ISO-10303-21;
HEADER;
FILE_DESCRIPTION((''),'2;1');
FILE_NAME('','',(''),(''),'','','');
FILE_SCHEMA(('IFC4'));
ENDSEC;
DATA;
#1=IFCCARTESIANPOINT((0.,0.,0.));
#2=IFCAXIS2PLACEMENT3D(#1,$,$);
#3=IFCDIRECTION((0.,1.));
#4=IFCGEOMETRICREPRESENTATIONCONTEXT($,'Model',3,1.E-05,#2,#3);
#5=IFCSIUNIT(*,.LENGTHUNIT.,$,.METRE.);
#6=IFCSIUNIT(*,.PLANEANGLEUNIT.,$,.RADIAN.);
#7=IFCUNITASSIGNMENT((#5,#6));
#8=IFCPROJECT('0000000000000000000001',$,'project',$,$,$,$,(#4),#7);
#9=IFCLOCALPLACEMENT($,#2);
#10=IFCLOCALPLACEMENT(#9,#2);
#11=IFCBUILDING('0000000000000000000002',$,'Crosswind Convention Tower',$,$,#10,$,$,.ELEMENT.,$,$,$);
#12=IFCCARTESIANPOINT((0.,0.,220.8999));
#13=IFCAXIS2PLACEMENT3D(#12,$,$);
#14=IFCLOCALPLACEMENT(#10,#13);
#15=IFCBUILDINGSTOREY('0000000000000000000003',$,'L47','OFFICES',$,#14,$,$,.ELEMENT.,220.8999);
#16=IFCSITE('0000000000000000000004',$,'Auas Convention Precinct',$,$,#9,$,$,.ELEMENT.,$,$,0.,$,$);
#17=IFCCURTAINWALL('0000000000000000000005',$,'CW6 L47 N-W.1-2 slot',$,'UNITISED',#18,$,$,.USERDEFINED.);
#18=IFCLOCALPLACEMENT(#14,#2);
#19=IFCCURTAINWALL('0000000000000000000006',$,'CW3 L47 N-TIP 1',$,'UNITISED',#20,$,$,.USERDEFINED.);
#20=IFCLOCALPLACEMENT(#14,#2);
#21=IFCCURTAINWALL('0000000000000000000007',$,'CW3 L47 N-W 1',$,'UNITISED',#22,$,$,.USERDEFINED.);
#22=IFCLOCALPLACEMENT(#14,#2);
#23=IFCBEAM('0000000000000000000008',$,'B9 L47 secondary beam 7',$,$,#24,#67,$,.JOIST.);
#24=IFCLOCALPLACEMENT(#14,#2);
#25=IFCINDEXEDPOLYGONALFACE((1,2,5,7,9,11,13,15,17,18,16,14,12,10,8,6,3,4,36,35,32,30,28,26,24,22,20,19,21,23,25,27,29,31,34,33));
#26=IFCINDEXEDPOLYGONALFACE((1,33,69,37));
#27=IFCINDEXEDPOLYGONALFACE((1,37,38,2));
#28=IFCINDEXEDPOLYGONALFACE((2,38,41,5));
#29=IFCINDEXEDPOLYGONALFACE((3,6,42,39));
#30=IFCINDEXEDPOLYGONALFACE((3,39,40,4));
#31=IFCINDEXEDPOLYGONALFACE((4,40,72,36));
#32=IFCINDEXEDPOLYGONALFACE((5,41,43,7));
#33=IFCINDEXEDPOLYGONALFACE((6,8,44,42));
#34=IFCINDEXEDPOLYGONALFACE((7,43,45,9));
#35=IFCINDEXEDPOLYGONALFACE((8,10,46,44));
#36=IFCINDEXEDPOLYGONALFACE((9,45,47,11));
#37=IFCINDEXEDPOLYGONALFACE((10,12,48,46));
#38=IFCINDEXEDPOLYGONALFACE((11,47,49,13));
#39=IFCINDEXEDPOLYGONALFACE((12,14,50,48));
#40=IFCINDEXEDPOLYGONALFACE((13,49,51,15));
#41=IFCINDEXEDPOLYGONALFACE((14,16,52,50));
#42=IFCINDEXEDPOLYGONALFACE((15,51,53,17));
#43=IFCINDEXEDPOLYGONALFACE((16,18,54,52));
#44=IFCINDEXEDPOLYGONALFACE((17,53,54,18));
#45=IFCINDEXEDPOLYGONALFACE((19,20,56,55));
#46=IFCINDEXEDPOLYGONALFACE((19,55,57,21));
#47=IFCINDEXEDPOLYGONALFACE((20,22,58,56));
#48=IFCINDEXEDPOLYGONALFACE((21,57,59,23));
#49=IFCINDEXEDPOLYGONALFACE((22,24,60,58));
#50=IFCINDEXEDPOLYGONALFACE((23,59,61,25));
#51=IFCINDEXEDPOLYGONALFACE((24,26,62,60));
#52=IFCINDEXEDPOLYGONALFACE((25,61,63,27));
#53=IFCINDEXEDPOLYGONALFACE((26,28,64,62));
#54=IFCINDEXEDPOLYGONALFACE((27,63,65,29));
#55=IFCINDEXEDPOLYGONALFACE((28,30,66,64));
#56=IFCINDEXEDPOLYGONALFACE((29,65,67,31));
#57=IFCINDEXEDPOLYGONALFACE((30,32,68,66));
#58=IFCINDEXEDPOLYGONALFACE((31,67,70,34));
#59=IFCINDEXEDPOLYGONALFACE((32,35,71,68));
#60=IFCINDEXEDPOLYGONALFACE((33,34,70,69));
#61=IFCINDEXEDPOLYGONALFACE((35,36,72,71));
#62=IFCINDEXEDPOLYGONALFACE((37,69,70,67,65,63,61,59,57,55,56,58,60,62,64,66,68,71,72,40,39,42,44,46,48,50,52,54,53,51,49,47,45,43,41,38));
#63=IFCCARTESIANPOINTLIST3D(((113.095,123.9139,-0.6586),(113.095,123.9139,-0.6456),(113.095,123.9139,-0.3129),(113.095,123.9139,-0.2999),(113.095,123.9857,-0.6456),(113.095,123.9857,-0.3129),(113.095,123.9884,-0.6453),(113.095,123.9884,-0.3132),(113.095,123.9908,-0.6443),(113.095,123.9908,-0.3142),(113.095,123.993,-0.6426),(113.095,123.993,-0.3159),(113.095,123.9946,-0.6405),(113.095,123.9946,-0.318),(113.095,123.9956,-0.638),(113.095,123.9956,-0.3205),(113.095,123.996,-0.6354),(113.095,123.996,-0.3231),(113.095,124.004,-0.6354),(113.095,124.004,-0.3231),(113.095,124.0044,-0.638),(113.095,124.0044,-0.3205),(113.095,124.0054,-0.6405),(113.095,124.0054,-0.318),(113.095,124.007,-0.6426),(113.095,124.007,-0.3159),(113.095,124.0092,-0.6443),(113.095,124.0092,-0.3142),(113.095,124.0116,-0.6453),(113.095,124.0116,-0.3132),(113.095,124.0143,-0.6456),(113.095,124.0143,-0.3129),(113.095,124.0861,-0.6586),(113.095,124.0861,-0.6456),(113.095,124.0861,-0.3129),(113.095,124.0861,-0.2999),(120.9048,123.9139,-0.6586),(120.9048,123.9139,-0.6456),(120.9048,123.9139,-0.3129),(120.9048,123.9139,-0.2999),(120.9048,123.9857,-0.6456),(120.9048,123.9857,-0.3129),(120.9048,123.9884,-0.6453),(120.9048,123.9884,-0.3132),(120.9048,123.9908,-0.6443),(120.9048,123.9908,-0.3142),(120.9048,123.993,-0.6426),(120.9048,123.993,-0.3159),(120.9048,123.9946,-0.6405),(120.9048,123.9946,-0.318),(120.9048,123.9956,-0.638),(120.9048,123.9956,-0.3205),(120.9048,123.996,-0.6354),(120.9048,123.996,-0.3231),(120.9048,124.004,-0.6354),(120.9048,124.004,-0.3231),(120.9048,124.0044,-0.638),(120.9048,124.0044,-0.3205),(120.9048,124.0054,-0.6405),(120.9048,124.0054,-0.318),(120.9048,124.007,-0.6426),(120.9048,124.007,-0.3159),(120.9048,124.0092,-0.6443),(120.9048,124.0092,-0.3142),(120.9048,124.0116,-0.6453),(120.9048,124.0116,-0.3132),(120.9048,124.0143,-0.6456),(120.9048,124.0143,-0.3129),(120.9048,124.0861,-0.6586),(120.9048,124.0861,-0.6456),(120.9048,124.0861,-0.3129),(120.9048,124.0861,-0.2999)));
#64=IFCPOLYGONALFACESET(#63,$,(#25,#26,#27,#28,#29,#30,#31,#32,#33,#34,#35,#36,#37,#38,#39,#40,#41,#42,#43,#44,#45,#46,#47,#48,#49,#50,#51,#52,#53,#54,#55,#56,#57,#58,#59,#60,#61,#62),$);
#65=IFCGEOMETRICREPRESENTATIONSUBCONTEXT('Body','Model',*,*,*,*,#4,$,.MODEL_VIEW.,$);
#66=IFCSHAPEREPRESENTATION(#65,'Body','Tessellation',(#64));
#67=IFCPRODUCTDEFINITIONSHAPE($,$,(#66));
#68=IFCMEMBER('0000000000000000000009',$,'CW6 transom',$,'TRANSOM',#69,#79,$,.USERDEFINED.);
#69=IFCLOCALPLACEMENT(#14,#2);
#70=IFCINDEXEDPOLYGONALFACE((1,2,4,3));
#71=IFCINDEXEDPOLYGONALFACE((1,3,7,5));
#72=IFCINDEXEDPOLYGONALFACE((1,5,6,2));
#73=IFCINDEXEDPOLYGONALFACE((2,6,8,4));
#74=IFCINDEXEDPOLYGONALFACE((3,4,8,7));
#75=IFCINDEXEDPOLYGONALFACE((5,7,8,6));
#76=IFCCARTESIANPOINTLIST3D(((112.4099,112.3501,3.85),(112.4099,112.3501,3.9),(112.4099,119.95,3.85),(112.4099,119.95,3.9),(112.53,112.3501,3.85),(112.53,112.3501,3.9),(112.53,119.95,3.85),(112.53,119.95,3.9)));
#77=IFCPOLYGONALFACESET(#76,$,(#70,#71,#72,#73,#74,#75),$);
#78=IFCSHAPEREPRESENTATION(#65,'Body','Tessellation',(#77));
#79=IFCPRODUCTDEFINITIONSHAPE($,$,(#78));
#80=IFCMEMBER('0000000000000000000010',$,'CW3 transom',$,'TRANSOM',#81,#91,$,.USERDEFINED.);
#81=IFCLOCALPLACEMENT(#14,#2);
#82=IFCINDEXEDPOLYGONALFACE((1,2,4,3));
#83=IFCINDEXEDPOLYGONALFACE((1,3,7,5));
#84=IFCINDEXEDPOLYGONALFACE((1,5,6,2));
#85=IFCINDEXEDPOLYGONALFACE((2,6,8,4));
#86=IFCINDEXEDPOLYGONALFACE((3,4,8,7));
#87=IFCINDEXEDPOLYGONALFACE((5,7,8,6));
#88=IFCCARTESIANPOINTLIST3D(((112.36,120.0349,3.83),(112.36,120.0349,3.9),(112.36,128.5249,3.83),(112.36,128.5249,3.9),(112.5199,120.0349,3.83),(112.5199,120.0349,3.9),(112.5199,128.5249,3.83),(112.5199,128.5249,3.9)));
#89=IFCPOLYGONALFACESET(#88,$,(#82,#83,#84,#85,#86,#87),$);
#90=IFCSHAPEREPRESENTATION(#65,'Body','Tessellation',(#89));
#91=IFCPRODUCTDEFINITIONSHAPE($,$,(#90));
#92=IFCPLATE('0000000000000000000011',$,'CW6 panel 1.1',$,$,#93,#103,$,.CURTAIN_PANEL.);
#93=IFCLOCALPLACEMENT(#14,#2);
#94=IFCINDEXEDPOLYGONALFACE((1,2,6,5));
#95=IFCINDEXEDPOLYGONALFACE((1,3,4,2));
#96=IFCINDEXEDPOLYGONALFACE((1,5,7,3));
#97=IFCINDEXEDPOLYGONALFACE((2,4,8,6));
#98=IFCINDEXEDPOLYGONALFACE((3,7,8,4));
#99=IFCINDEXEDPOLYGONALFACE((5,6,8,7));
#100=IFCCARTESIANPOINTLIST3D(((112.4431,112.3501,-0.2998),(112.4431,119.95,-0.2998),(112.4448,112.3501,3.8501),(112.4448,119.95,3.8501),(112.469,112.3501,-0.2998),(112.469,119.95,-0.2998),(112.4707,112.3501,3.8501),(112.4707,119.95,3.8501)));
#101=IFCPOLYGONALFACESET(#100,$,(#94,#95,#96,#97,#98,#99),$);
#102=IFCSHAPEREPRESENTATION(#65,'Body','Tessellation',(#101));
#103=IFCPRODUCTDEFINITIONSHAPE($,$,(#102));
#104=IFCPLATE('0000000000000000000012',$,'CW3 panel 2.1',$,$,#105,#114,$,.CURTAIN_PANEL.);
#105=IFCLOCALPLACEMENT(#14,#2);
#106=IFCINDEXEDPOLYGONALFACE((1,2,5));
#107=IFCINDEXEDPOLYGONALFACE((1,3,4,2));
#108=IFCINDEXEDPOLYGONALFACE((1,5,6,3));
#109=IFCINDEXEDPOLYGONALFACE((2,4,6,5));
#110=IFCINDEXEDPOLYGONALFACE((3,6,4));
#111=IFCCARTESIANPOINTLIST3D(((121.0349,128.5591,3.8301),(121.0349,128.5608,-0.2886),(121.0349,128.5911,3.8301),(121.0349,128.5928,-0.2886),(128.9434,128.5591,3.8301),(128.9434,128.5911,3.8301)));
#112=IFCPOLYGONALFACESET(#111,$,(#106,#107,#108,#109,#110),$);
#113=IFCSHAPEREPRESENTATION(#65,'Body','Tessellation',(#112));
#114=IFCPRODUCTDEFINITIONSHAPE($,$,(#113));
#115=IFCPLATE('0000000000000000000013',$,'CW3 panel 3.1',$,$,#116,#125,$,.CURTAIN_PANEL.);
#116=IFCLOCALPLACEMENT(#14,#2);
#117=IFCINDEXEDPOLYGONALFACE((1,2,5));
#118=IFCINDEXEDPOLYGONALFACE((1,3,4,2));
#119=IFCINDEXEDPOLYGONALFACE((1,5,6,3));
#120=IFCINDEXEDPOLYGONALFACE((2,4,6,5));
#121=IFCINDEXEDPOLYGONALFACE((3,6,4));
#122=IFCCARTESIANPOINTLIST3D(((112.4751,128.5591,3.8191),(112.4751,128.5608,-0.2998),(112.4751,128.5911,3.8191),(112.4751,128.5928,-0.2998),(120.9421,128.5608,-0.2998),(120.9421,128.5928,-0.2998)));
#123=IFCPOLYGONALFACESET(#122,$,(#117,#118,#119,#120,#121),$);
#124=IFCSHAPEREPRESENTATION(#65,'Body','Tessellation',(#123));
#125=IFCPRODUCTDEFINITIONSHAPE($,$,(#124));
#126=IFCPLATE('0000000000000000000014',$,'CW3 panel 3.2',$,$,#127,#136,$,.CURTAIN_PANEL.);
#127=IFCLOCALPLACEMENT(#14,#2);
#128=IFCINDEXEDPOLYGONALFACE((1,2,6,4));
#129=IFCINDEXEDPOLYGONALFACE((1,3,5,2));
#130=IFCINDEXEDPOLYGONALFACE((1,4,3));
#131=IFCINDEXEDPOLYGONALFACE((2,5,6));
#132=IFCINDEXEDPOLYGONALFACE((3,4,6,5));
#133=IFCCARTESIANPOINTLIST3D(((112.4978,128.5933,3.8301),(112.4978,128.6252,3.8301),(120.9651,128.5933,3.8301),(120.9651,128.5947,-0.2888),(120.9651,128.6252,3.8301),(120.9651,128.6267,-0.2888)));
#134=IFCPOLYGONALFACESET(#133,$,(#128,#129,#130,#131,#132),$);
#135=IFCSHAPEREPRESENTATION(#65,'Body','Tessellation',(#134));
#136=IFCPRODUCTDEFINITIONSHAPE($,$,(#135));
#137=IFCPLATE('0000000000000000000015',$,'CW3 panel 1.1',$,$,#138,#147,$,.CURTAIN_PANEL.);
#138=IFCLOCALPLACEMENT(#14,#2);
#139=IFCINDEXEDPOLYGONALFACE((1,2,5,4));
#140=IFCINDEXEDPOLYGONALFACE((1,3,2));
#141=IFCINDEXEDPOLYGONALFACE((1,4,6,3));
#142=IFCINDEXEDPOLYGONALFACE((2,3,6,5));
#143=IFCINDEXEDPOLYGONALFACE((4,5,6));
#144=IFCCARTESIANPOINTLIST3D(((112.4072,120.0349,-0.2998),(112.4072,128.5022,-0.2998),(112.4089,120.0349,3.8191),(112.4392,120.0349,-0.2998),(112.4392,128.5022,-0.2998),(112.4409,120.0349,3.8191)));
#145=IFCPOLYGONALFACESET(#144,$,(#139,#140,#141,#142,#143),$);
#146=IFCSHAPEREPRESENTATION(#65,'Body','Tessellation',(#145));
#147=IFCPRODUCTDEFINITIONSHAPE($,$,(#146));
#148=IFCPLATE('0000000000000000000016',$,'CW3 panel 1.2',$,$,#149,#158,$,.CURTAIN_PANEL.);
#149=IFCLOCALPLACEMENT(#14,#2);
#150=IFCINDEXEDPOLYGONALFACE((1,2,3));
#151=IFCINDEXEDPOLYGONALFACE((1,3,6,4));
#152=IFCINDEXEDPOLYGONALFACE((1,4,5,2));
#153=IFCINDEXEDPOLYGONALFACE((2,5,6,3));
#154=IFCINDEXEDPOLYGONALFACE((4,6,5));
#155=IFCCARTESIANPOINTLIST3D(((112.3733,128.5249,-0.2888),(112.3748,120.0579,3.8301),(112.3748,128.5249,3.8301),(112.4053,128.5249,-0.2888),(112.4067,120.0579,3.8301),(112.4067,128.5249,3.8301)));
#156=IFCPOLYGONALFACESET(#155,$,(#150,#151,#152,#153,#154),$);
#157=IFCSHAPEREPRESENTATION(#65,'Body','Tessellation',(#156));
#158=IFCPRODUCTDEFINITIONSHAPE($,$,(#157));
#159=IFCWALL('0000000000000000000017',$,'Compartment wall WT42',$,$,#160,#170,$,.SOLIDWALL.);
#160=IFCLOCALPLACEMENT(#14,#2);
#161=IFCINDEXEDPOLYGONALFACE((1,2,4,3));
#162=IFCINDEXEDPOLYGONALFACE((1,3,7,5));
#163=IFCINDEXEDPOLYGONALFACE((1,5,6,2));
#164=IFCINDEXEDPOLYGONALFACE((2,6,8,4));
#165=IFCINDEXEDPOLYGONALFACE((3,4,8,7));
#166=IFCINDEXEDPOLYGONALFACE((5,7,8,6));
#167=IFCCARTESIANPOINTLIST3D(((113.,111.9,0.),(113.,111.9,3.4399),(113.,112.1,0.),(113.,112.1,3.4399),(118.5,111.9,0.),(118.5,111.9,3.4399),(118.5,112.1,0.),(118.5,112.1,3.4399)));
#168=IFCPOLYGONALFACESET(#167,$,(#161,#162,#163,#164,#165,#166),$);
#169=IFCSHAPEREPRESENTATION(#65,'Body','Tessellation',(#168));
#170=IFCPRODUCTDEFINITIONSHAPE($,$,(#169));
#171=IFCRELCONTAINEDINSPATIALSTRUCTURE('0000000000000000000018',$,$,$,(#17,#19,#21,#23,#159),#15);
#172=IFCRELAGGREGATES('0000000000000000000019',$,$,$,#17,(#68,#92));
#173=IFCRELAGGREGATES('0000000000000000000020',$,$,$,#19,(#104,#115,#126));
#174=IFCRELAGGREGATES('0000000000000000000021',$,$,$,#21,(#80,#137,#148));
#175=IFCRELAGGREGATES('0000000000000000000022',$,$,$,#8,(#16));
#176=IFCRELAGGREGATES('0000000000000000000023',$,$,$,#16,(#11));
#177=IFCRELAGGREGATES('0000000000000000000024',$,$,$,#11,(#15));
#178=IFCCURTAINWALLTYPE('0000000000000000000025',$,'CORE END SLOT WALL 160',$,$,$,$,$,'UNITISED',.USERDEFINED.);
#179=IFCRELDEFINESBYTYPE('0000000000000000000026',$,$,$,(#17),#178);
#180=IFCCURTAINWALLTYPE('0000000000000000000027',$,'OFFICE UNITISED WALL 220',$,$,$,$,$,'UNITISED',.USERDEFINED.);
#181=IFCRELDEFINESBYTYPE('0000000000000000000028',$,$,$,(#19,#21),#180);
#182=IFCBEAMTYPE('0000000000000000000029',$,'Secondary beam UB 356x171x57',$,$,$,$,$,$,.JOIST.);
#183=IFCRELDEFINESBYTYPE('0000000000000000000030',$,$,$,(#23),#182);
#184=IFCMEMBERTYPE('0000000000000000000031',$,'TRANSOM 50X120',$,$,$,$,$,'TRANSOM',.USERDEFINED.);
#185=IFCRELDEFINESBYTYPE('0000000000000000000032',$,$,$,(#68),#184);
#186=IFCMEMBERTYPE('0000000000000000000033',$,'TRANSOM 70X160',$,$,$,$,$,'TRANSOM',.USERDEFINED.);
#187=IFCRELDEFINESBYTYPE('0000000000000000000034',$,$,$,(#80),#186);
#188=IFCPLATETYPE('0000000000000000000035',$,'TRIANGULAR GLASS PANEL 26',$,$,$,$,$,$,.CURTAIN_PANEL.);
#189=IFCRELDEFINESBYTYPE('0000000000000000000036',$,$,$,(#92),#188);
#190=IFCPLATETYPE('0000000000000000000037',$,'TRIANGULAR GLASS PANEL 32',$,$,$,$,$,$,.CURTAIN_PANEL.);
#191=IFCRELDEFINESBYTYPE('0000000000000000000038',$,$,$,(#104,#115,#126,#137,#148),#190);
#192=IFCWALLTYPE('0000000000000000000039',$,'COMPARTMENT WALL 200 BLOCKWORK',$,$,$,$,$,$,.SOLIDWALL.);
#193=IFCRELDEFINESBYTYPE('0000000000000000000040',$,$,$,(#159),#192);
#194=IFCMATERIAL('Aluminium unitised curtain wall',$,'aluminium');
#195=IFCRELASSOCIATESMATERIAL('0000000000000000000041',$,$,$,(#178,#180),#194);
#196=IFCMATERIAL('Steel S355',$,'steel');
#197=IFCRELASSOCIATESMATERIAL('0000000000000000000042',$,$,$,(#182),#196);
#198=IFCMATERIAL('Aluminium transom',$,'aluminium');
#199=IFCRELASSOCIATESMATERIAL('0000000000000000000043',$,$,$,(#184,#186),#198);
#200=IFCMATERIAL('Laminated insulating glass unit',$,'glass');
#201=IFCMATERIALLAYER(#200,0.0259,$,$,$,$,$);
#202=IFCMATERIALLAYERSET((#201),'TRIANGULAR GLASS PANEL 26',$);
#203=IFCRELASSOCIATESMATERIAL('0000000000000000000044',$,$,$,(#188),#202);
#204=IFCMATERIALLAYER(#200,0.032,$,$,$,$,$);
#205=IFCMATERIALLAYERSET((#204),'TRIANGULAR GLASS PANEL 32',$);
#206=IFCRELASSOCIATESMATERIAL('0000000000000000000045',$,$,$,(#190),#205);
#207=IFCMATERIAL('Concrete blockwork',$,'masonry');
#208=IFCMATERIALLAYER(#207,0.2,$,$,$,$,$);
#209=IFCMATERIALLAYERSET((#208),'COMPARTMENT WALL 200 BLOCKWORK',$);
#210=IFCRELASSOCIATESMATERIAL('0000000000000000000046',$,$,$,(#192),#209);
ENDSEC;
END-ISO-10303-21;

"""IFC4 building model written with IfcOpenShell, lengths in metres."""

from ifc_helpers import new_model, si_unit, direction, frame, frame_2d, origin, origin_2d, place, context, subcontext, project, spatial, polyline, rectangle, i_section, outline, extrude, material, layer, layer_set, material_profile, profile_set, type_object, element, aggregate, save


model = new_model("IFC4")

# Units and contexts
model_context = context("Model", 3, precision=1e-05, world=origin(), true_north=direction((0.0, 1.0)))
body_context = subcontext(model_context, "Body", "Model", "MODEL_VIEW")
ifc_project = project(units=[si_unit("LENGTHUNIT", "METRE"), si_unit("PLANEANGLEUNIT", "RADIAN")], contexts=[model_context])

# Site, building, storey
site_placement = place(None, origin())
site = spatial("IfcSite", under=ifc_project, at=site_placement, Name="Auas Convention Precinct", CompositionType="ELEMENT", RefElevation=0.0)
building_placement = place(site_placement, origin())
building = spatial("IfcBuilding", under=site, at=building_placement, Name="Crosswind Convention Tower", CompositionType="ELEMENT")
storey_placement = place(building_placement, frame((0.0, 0.0, 220.8999)))
storey = spatial("IfcBuildingStorey", under=building, at=storey_placement, Name="L47", Description="OFFICES", CompositionType="ELEMENT", Elevation=220.8999)

# Shared definitions
ifc_material_1 = material(Name="Steel S355", Category="steel")

# Curtain walls
ifc_material_2 = material(Name="Aluminium unitised curtain wall", Category="aluminium")
curtain_wall_type_1 = type_object("IfcCurtainWallType", Name="CORE END SLOT WALL 160", ElementType="UNITISED", PredefinedType="USERDEFINED", material=ifc_material_2)
curtain_wall_1_placement = place(storey_placement, origin())
curtain_wall_1 = element("IfcCurtainWall", 1, at=curtain_wall_1_placement, inside=storey, type_object=curtain_wall_type_1, Name="CW6 L47 N-W.1-2 slot", ObjectType="UNITISED", PredefinedType="USERDEFINED")
curtain_wall_type_2 = type_object("IfcCurtainWallType", Name="OFFICE UNITISED WALL 220", ElementType="UNITISED", PredefinedType="USERDEFINED", material=ifc_material_2)
curtain_wall_2_placement = place(storey_placement, origin())
curtain_wall_2 = element("IfcCurtainWall", 2, at=curtain_wall_2_placement, inside=storey, type_object=curtain_wall_type_2, Name="CW3 L47 N-TIP 1", ObjectType="UNITISED", PredefinedType="USERDEFINED")

# Curtain wall
curtain_wall_3_placement = place(storey_placement, origin())
curtain_wall_3 = element("IfcCurtainWall", 3, at=curtain_wall_3_placement, inside=storey, type_object=curtain_wall_type_2, Name="CW3 L47 N-W 1", ObjectType="UNITISED", PredefinedType="USERDEFINED")

# Beam
ifc_material_profile_1 = material_profile(ifc_material_1, i_section(OverallWidth=0.1721, OverallDepth=0.3586, WebThickness=0.0081, FlangeThickness=0.0129, FilletRadius=0.0103, at=origin_2d()), Name="UB 356x171x57")
ifc_profile_set_1 = profile_set([ifc_material_profile_1], Name="Steel S355")
beam_type_1 = type_object("IfcBeamType", Name="Secondary beam UB 356x171x57", PredefinedType="JOIST", material=ifc_profile_set_1)
for number, where, z_axis, x_axis, name in (
    (4, (113.095, 124.0, -0.4792), (1.0, 0.0, 0.0), (0.0, 1.0, 0.0), "B9 L47 secondary beam 7"),
):
    element("IfcBeam", number, at=place(storey_placement, frame(where, z_axis=z_axis, x_axis=x_axis)), inside=storey, type_object=beam_type_1, Name=name, PredefinedType="JOIST", context=body_context, shape_type="SweptSolid", body=[
        extrude(i_section(OverallWidth=0.1721, OverallDepth=0.3586, WebThickness=0.0081, FlangeThickness=0.0129, FilletRadius=0.0103, at=origin_2d()), origin(), (0.0, 0.0, 1.0), 7.8098),
    ])

# Members
ifc_material_3 = material(Name="Aluminium transom", Category="aluminium")
ifc_material_profile_2 = material_profile(ifc_material_3, rectangle(XDim=0.1201, YDim=0.05, at=origin_2d()), Name="AL 120X50")
ifc_profile_set_2 = profile_set([ifc_material_profile_2], Name="Aluminium transom")
member_type_1 = type_object("IfcMemberType", Name="TRANSOM 50X120", ElementType="TRANSOM", PredefinedType="USERDEFINED", material=ifc_profile_set_2)
member_1_placement = place(storey_placement, frame((112.47, 119.95, 3.875), z_axis=(0.0, -1.0, 0.0), x_axis=(1.0, 0.0, 0.0)))
member_1 = element("IfcMember", 5, at=member_1_placement, type_object=member_type_1, Name="CW6 transom", ObjectType="TRANSOM", PredefinedType="USERDEFINED", context=body_context, shape_type="SweptSolid", body=[
    extrude(rectangle(XDim=0.1201, YDim=0.05, at=origin_2d()), origin(), (0.0, 0.0, 1.0), 7.5999),
])
ifc_material_profile_3 = material_profile(ifc_material_3, rectangle(XDim=0.1599, YDim=0.0701, at=origin_2d()), Name="AL 160X70")
ifc_profile_set_3 = profile_set([ifc_material_profile_3], Name="Aluminium transom")
member_type_2 = type_object("IfcMemberType", Name="TRANSOM 70X160", ElementType="TRANSOM", PredefinedType="USERDEFINED", material=ifc_profile_set_3)
member_2_placement = place(storey_placement, frame((112.4399, 128.5249, 3.865), z_axis=(0.0, -1.0, 0.0), x_axis=(1.0, 0.0, 0.0)))
member_2 = element("IfcMember", 6, at=member_2_placement, type_object=member_type_2, Name="CW3 transom", ObjectType="TRANSOM", PredefinedType="USERDEFINED", context=body_context, shape_type="SweptSolid", body=[
    extrude(rectangle(XDim=0.1599, YDim=0.0701, at=origin_2d()), origin(), (0.0, 0.0, 1.0), 8.49),
])

# Plates
ifc_material_4 = material(Name="Laminated insulating glass unit", Category="glass")
ifc_layer_1 = layer(ifc_material_4, 0.0259)
ifc_layer_set_1 = layer_set([ifc_layer_1], Name="TRIANGULAR GLASS PANEL 26")
plate_type_1 = type_object("IfcPlateType", Name="TRIANGULAR GLASS PANEL 26", PredefinedType="CURTAIN_PANEL", material=ifc_layer_set_1)
plate_1_placement = place(storey_placement, frame((112.4431, 119.95, -0.2998), z_axis=(-1.0, 0.0, 0.000412), x_axis=(0.0, -1.0, 0.0)))
plate_1 = element("IfcPlate", 7, at=plate_1_placement, type_object=plate_type_1, Name="CW6 panel 1.1", PredefinedType="CURTAIN_PANEL", context=body_context, shape_type="SweptSolid", body=[
    extrude(outline(polyline([(0.0, 0.0), (7.5999, 0.0), (7.5999, 4.1499), (0.0, 4.1499), (0.0, 0.0)])), origin(), (0.0, 0.0, -1.0), 0.0259),
])
aggregate(curtain_wall_1, [member_1, plate_1])
ifc_layer_2 = layer(ifc_material_4, 0.032)
ifc_layer_set_2 = layer_set([ifc_layer_2], Name="TRIANGULAR GLASS PANEL 32")
plate_type_2 = type_object("IfcPlateType", Name="TRIANGULAR GLASS PANEL 32", PredefinedType="CURTAIN_PANEL", material=ifc_layer_set_2)
plate_2_placement = place(storey_placement, frame((121.0349, 128.5911, 3.8301), z_axis=(0.0, 1.0, 0.000415), x_axis=(1.0, 0.0, 0.0)))
plate_2 = element("IfcPlate", 8, at=plate_2_placement, type_object=plate_type_2, Name="CW3 panel 2.1", PredefinedType="CURTAIN_PANEL", context=body_context, shape_type="SweptSolid", body=[
    extrude(outline(polyline([(0.0, 0.0), (7.9084, 0.0), (0.0, 4.1187), (0.0, 0.0)])), origin(), (0.0, 0.0, -1.0), 0.032),
])
plate_3_placement = place(storey_placement, frame((112.4751, 128.5928, -0.2998), z_axis=(0.0, 1.0, 0.000415), x_axis=(0.0, -0.000415, 1.0)))
plate_3 = element("IfcPlate", 9, at=plate_3_placement, type_object=plate_type_2, Name="CW3 panel 3.1", PredefinedType="CURTAIN_PANEL", context=body_context, shape_type="SweptSolid", body=[
    extrude(outline(polyline([(0.0, 0.0), (4.1189, 0.0), (0.0, 8.467), (0.0, 0.0)])), origin(), (0.0, 0.0, -1.0), 0.032),
])
plate_4_placement = place(storey_placement, frame((120.9651, 128.6252, 3.8301), z_axis=(0.0, 1.0, 0.000356), x_axis=(0.0, 0.000356, -1.0)))
plate_4 = element("IfcPlate", 10, at=plate_4_placement, type_object=plate_type_2, Name="CW3 panel 3.2", PredefinedType="CURTAIN_PANEL", context=body_context, shape_type="SweptSolid", body=[
    extrude(outline(polyline([(0.0, 0.0), (4.1189, 0.0), (0.0, 8.4673), (0.0, 0.0)])), origin(), (0.0, 0.0, -1.0), 0.032),
])
aggregate(curtain_wall_2, [plate_2, plate_3, plate_4])
plate_5_placement = place(storey_placement, frame((112.4072, 120.0349, -0.2998), z_axis=(-1.0, 0.0, 0.000415), x_axis=(0.000415, 0.0, 1.0)))
plate_5 = element("IfcPlate", 11, at=plate_5_placement, type_object=plate_type_2, Name="CW3 panel 1.1", PredefinedType="CURTAIN_PANEL", context=body_context, shape_type="SweptSolid", body=[
    extrude(outline(polyline([(0.0, 0.0), (4.1189, 0.0), (0.0, 8.4673), (0.0, 0.0)])), origin(), (0.0, 0.0, -1.0), 0.032),
])
plate_6_placement = place(storey_placement, frame((112.3748, 128.5249, 3.8301), z_axis=(-1.0, 0.0, 0.000356), x_axis=(-0.000356, 0.0, -1.0)))
plate_6 = element("IfcPlate", 12, at=plate_6_placement, type_object=plate_type_2, Name="CW3 panel 1.2", PredefinedType="CURTAIN_PANEL", context=body_context, shape_type="SweptSolid", body=[
    extrude(outline(polyline([(0.0, 0.0), (4.1189, 0.0), (0.0, 8.467), (0.0, 0.0)])), origin(), (0.0, 0.0, -1.0), 0.032),
])

# Wall
ifc_material_5 = material(Name="Concrete blockwork", Category="masonry")
ifc_layer_3 = layer(ifc_material_5, 0.2)
ifc_layer_set_3 = layer_set([ifc_layer_3], Name="COMPARTMENT WALL 200 BLOCKWORK")
wall_type_1 = type_object("IfcWallType", Name="COMPARTMENT WALL 200 BLOCKWORK", PredefinedType="SOLIDWALL", material=ifc_layer_set_3)
wall_1_placement = place(storey_placement, frame((113.0, 112.0, 0.0), z_axis=(0.0, 0.0, 1.0), x_axis=(1.0, 0.0, 0.0)))
element("IfcWall", 13, at=wall_1_placement, inside=storey, type_object=wall_type_1, Name="Compartment wall WT42", PredefinedType="SOLIDWALL", context=body_context, shape_type="SweptSolid", body=[
    extrude(rectangle(XDim=5.5, YDim=0.2, at=frame_2d((2.75, 0.0))), origin(), (0.0, 0.0, 1.0), 3.4399),
])

aggregate(curtain_wall_3, [member_2, plate_5, plate_6])

save(model, "model.ifc")
